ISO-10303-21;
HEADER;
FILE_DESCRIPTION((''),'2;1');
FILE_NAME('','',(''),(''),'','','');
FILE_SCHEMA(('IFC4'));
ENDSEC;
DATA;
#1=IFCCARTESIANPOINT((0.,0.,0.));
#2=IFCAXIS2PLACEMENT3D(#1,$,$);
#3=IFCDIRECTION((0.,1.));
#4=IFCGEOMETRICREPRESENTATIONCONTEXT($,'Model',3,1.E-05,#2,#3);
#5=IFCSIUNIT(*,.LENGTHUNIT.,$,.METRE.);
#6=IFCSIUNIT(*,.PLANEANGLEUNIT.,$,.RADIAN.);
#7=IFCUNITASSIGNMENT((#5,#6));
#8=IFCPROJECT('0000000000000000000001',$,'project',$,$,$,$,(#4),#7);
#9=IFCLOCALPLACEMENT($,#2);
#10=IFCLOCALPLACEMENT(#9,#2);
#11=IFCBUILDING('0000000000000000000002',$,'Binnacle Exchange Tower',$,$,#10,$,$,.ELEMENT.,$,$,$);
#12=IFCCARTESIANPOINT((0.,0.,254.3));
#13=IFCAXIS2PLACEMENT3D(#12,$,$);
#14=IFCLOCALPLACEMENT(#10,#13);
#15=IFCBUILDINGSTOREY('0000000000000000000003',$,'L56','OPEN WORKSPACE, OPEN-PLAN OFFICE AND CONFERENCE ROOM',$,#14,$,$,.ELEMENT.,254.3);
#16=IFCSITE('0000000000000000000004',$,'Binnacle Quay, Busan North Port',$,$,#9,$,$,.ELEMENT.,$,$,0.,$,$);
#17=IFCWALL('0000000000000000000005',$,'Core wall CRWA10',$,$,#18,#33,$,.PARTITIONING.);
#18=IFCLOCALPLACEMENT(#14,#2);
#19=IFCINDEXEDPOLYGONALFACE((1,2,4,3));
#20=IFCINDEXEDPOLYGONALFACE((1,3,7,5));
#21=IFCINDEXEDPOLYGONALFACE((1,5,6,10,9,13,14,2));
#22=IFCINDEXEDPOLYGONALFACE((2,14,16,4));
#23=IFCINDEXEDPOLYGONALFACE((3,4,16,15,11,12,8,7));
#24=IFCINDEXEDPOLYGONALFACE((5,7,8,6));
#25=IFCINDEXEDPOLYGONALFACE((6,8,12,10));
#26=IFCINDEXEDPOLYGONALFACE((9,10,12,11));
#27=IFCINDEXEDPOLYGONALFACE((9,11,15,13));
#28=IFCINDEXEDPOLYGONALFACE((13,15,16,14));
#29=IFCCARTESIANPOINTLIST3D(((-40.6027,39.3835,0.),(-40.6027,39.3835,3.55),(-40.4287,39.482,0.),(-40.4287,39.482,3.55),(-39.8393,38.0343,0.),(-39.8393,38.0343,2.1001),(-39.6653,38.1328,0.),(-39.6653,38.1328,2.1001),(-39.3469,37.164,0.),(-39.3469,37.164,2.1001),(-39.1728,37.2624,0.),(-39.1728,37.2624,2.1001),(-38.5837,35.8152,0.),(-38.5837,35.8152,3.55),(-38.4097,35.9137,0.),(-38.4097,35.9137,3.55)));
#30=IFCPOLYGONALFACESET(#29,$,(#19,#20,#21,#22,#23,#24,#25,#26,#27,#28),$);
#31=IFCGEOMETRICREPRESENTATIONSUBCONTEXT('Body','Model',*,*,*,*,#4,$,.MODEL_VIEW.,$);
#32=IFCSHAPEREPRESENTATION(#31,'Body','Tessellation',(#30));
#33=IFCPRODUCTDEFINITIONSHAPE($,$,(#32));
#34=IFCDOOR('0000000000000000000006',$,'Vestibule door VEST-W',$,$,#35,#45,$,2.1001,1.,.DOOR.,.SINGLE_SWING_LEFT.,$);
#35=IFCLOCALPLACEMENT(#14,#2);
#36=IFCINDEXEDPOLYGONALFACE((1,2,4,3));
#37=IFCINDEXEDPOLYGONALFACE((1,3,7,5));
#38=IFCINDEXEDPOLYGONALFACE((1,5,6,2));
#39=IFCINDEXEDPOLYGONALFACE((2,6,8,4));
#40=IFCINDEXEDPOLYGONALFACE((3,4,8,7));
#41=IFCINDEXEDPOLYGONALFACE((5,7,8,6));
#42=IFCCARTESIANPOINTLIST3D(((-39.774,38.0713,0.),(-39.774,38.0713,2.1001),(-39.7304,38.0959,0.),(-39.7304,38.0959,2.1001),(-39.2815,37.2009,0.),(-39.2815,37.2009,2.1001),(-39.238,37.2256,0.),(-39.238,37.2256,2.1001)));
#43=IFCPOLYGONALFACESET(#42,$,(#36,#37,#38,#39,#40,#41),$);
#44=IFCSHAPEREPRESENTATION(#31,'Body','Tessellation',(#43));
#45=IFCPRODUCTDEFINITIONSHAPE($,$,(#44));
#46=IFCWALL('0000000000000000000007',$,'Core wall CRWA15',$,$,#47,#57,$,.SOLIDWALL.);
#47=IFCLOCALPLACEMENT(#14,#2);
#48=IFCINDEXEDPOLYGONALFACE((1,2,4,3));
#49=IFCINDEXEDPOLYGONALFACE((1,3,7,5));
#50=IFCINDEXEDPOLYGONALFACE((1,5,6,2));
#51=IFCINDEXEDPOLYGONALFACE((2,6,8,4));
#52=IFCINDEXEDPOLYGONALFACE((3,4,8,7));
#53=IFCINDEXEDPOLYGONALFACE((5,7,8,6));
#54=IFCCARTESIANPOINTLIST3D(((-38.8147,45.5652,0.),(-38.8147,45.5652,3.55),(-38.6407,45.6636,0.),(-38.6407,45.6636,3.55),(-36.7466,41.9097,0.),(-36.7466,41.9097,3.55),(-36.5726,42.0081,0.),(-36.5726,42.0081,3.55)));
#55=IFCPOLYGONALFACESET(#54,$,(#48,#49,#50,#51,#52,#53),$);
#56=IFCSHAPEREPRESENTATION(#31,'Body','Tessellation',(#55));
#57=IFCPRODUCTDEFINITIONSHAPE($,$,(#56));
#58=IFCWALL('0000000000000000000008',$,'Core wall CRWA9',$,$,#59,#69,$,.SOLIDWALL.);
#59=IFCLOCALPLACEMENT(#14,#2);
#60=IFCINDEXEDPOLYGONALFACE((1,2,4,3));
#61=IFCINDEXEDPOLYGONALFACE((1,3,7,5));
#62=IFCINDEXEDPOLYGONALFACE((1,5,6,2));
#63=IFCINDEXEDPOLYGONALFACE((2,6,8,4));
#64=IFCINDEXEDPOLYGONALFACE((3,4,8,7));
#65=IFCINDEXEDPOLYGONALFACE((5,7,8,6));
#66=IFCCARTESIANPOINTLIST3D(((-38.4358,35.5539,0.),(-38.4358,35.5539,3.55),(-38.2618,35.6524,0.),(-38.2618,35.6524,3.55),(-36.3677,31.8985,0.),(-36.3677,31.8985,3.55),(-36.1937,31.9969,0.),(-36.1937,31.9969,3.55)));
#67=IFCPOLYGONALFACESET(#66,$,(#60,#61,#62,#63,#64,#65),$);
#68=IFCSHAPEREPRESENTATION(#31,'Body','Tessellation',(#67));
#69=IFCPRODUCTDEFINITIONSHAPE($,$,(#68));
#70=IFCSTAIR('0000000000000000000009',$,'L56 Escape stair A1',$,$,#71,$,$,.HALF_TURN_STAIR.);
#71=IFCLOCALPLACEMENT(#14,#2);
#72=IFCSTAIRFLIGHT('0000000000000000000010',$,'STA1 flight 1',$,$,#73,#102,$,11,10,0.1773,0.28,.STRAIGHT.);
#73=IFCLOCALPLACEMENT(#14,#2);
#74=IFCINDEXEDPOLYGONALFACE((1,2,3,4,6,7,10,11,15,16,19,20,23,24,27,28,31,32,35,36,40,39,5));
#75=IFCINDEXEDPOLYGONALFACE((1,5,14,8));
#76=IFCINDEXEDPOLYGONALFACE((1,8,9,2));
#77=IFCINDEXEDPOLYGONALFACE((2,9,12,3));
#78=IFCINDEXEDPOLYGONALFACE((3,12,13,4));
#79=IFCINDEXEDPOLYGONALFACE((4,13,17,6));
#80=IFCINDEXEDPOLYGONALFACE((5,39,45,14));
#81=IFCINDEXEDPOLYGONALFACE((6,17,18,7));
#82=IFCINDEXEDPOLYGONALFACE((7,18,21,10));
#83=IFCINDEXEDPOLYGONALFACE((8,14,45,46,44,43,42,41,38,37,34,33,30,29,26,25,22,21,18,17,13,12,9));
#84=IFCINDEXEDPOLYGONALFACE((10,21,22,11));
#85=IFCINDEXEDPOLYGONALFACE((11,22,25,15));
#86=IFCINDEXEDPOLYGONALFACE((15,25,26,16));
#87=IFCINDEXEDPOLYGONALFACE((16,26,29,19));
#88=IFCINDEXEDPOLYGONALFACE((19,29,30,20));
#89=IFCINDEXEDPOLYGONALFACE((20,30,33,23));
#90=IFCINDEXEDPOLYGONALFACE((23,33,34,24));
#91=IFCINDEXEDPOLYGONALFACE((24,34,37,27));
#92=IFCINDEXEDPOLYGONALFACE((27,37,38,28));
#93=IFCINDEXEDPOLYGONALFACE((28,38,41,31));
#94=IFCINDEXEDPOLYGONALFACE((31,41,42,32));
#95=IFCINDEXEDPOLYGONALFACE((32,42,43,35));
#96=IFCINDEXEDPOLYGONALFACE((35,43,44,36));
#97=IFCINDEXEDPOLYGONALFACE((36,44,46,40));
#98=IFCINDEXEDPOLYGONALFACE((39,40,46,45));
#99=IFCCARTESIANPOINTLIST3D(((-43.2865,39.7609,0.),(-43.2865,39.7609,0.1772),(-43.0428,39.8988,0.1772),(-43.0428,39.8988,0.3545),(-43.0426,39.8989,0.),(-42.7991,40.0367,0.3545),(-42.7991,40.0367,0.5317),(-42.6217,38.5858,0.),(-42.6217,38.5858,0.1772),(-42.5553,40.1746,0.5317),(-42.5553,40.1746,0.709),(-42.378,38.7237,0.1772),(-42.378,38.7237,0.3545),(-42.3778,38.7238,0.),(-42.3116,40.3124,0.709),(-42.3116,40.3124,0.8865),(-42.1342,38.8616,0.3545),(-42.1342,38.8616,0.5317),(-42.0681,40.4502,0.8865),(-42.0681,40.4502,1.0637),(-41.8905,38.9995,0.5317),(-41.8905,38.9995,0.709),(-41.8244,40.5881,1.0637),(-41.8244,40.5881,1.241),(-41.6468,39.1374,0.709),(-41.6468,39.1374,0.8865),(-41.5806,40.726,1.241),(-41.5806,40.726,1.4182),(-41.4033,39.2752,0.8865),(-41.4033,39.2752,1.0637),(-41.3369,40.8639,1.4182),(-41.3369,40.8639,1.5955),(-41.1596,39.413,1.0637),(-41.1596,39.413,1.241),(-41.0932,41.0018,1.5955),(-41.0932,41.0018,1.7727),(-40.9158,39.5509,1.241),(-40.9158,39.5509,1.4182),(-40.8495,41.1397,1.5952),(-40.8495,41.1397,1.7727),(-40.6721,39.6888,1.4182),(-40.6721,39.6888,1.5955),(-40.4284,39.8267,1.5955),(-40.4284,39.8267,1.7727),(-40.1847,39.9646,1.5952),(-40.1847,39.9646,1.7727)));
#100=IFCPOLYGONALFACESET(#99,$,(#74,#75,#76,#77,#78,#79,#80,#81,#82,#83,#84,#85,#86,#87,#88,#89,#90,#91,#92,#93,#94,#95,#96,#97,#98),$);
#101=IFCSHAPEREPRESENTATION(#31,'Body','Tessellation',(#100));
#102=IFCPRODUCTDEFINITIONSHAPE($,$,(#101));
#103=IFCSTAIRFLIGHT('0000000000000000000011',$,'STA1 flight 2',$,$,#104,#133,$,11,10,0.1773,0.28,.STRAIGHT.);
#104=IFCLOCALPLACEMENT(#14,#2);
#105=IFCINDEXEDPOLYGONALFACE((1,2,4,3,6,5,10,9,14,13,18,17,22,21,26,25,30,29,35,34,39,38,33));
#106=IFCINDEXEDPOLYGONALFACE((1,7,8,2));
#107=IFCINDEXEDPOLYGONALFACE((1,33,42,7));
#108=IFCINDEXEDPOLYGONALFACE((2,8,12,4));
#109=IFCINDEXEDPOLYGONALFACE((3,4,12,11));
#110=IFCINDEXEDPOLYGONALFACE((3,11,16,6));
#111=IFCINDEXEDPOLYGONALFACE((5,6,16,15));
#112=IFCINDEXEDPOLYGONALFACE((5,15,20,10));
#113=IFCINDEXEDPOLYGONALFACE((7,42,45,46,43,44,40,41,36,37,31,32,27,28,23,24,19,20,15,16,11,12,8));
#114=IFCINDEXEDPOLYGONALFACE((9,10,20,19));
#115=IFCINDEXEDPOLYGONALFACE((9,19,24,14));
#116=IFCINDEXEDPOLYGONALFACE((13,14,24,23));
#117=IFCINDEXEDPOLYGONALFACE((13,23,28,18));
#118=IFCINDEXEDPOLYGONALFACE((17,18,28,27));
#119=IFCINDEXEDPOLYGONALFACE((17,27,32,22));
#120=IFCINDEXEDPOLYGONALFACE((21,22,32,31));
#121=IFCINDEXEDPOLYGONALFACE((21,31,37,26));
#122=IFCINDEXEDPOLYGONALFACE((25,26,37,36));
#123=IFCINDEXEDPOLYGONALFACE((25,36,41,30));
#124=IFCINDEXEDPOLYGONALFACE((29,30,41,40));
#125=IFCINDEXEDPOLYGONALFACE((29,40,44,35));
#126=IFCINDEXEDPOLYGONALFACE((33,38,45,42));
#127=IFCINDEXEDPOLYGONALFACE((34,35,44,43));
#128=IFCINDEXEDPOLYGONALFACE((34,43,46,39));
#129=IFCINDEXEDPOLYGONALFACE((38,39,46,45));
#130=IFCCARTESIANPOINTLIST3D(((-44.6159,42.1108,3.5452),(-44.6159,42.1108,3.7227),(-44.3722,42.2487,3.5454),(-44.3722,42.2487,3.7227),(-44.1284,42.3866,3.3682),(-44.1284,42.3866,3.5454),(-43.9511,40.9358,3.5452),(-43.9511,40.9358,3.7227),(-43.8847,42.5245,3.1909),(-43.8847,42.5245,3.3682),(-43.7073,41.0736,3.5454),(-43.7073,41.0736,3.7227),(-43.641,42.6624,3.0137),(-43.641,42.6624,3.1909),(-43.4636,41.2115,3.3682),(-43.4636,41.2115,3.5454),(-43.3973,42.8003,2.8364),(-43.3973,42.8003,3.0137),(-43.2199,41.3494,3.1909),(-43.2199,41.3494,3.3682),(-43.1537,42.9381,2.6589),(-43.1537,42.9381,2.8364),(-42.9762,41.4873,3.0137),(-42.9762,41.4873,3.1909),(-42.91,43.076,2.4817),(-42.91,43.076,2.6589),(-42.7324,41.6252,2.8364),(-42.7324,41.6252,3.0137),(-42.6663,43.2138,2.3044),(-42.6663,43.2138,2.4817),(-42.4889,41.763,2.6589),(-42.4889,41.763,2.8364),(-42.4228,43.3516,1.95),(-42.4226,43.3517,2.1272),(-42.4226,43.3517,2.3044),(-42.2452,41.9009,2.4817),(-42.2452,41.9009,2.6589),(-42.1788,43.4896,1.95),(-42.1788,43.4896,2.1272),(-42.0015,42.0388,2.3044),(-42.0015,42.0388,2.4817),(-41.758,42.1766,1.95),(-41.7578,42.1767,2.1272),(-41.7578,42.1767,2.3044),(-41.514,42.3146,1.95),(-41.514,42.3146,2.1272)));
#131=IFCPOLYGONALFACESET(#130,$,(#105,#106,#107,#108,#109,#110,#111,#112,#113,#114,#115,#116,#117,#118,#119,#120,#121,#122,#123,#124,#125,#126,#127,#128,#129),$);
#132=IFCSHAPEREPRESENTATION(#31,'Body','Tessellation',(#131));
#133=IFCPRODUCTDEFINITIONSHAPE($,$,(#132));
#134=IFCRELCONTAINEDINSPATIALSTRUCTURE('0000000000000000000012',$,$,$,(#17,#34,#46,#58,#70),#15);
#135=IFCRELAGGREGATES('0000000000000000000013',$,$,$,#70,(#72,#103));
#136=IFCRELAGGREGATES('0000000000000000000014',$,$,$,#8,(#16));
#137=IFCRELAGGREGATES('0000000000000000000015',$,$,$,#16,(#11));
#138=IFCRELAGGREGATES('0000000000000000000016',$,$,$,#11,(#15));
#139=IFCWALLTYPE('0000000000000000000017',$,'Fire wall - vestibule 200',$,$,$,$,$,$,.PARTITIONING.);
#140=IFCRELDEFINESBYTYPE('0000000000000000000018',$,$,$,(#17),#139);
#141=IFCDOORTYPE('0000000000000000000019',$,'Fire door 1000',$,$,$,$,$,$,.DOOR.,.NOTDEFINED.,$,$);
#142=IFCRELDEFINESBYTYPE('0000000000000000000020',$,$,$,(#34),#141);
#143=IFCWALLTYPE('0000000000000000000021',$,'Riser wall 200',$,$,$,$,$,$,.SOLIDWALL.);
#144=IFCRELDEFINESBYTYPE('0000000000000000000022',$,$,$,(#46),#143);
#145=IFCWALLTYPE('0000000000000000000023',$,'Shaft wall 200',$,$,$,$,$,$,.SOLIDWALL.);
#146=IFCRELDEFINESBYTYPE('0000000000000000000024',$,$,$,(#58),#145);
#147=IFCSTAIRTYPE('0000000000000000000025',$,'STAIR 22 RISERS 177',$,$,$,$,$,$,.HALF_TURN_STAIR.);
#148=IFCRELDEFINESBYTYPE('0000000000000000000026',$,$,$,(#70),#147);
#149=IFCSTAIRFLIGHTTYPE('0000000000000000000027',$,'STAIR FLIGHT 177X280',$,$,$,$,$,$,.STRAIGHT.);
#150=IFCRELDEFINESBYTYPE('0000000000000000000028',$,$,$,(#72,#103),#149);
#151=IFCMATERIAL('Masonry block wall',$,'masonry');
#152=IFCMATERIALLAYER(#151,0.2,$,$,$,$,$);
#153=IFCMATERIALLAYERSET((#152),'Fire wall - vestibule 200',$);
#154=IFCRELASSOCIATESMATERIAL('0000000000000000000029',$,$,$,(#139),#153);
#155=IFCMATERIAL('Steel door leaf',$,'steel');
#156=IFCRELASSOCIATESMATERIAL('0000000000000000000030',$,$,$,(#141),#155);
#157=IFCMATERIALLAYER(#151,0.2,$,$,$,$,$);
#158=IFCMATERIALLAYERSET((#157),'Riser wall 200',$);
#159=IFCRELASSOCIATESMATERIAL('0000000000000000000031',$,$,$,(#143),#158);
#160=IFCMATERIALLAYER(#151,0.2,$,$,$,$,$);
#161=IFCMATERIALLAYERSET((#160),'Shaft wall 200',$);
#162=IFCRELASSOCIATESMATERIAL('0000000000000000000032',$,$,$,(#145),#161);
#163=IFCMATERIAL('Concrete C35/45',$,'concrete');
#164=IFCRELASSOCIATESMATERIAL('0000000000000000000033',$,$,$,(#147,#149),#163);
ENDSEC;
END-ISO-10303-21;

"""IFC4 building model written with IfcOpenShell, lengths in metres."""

from ifc_helpers import new_model, si_unit, direction, frame, frame_2d, origin, place, context, subcontext, project, spatial, polyline, rectangle, outline, extrude, material, layer, layer_set, type_object, element, fill, aggregate, save


model = new_model("IFC4")

# Units and contexts
model_context = context("Model", 3, precision=1e-05, world=origin(), true_north=direction((0.0, 1.0)))
body_context = subcontext(model_context, "Body", "Model", "MODEL_VIEW")
ifc_project = project(units=[si_unit("LENGTHUNIT", "METRE"), si_unit("PLANEANGLEUNIT", "RADIAN")], contexts=[model_context])

# Site, building, storey
site_placement = place(None, origin())
site = spatial("IfcSite", under=ifc_project, at=site_placement, Name="Binnacle Quay, Busan North Port", CompositionType="ELEMENT", RefElevation=0.0)
building_placement = place(site_placement, origin())
building = spatial("IfcBuilding", under=site, at=building_placement, Name="Binnacle Exchange Tower", CompositionType="ELEMENT")
storey_placement = place(building_placement, frame((0.0, 0.0, 254.3)))
storey = spatial("IfcBuildingStorey", under=building, at=storey_placement, Name="L56", Description="OPEN WORKSPACE, OPEN-PLAN OFFICE AND CONFERENCE ROOM", CompositionType="ELEMENT", Elevation=254.3)

# Shared definitions
ifc_material_1 = material(Name="Steel door leaf", Category="steel")

# Wall, opening, door
ifc_material_2 = material(Name="Masonry block wall", Category="masonry")
ifc_layer_1 = layer(ifc_material_2, 0.2)
ifc_layer_set_1 = layer_set([ifc_layer_1], Name="Fire wall - vestibule 200")
wall_type_1 = type_object("IfcWallType", Name="Fire wall - vestibule 200", PredefinedType="PARTITIONING", material=ifc_layer_set_1)
wall_1_placement = place(storey_placement, frame((-40.5156, 39.4326, 0.0), z_axis=(0.0, 0.0, 1.0), x_axis=(0.492454, -0.870339, 0.0)))
wall_1 = element("IfcWall", 1, at=wall_1_placement, inside=storey, type_object=wall_type_1, Name="Core wall CRWA10", PredefinedType="PARTITIONING", context=body_context, shape_type="SweptSolid", body=[
    extrude(rectangle(XDim=4.0999, YDim=0.2, at=frame_2d((2.0498, 0.0))), origin(), (0.0, 0.0, 1.0), 3.55),
])
opening_1_placement = place(wall_1_placement, frame((1.55, 0.0, 0.0)))
opening_1 = element("IfcOpeningElement", 2, at=opening_1_placement, cuts=wall_1, PredefinedType="OPENING", context=body_context, shape_type="SweptSolid", body=[
    extrude(rectangle(XDim=1.0, YDim=2.1001, at=frame_2d((0.5, 1.05))), frame((0.0, 0.1099, 0.0), z_axis=(0.0, -1.0, 0.0), x_axis=(1.0, 0.0, 0.0)), (0.0, 0.0, 1.0), 0.22),
])
door_type_1 = type_object("IfcDoorType", Name="Fire door 1000", OperationType="NOTDEFINED", PredefinedType="DOOR", material=ifc_material_1)
door_1_placement = place(opening_1_placement, frame((1.0, 0.0, 0.0), z_axis=(0.0, 0.0, 1.0), x_axis=(-1.0, 0.0, 0.0)))
door_1 = element("IfcDoor", 3, at=door_1_placement, inside=storey, type_object=door_type_1, Name="Vestibule door VEST-W", OperationType="SINGLE_SWING_LEFT", OverallHeight=2.1001, OverallWidth=1.0, PredefinedType="DOOR", context=body_context, shape_type="SweptSolid", body=[
    extrude(rectangle(XDim=1.0, YDim=2.1001, at=frame_2d((0.5, 1.05))), frame((0.0, 0.0249, 0.0), z_axis=(0.0, -1.0, 0.0), x_axis=(1.0, 0.0, 0.0)), (0.0, 0.0, 1.0), 0.05),
])
fill(opening_1, door_1)

# Walls
ifc_layer_2 = layer(ifc_material_2, 0.2)
ifc_layer_set_2 = layer_set([ifc_layer_2], Name="Riser wall 200")
wall_type_2 = type_object("IfcWallType", Name="Riser wall 200", PredefinedType="SOLIDWALL", material=ifc_layer_set_2)
wall_2_placement = place(storey_placement, frame((-38.7278, 45.6145, 0.0), z_axis=(0.0, 0.0, 1.0), x_axis=(0.49241, -0.870364, 0.0)))
element("IfcWall", 4, at=wall_2_placement, inside=storey, type_object=wall_type_2, Name="Core wall CRWA15", PredefinedType="SOLIDWALL", context=body_context, shape_type="SweptSolid", body=[
    extrude(rectangle(XDim=4.2, YDim=0.2, at=frame_2d((2.1001, 0.0))), origin(), (0.0, 0.0, 1.0), 3.55),
])
ifc_layer_3 = layer(ifc_material_2, 0.2)
ifc_layer_set_3 = layer_set([ifc_layer_3], Name="Shaft wall 200")
wall_type_3 = type_object("IfcWallType", Name="Shaft wall 200", PredefinedType="SOLIDWALL", material=ifc_layer_set_3)
wall_3_placement = place(storey_placement, frame((-38.3489, 35.6033, 0.0), z_axis=(0.0, 0.0, 1.0), x_axis=(0.49241, -0.870364, 0.0)))
element("IfcWall", 5, at=wall_3_placement, inside=storey, type_object=wall_type_3, Name="Core wall CRWA9", PredefinedType="SOLIDWALL", context=body_context, shape_type="SweptSolid", body=[
    extrude(rectangle(XDim=4.2, YDim=0.2, at=frame_2d((2.1001, 0.0))), origin(), (0.0, 0.0, 1.0), 3.55),
])

# Stair, stair flights
ifc_material_3 = material(Name="Concrete C35/45", Category="concrete")
stair_type = type_object("IfcStairType", Name="STAIR 22 RISERS 177", PredefinedType="HALF_TURN_STAIR", material=ifc_material_3)
stair_placement = place(storey_placement, origin())
stair = element("IfcStair", 6, at=stair_placement, inside=storey, type_object=stair_type, Name="L56 Escape stair A1", PredefinedType="HALF_TURN_STAIR")
stair_flight_type = type_object("IfcStairFlightType", Name="STAIR FLIGHT 177X280", PredefinedType="STRAIGHT", material=ifc_material_3)
stair_flight_1_placement = place(storey_placement, frame((-42.9541, 39.1733, 0.0), z_axis=(0.0, 0.0, 1.0), x_axis=(0.870356, 0.492424, 0.0)))
stair_flight_1 = element("IfcStairFlight", 7, at=stair_flight_1_placement, type_object=stair_flight_type, Name="STA1 flight 1", NumberOfRisers=11, NumberOfTreads=10, PredefinedType="STRAIGHT", RiserHeight=0.1773, TreadLength=0.28, context=body_context, shape_type="SweptSolid", body=[
    extrude(outline(polyline([(0.0, 0.0), (0.0, 0.1772), (0.28, 0.1772), (0.28, 0.3545), (0.5601, 0.3545), (0.5601, 0.5317), (0.8401, 0.5317), (0.8401, 0.709), (1.1201, 0.709), (1.1201, 0.8865), (1.3999, 0.8865), (1.3999, 1.0637), (1.6799, 1.0637), (1.6799, 1.241), (1.96, 1.241), (1.96, 1.4182), (2.24, 1.4182), (2.24, 1.5955), (2.52, 1.5955), (2.52, 1.7727), (2.8, 1.7727), (2.8, 1.95), (2.8, 1.5952), (0.2803, 0.0), (0.0, 0.0)])), frame((0.0, 0.675, 0.0), z_axis=(0.0, -1.0, 0.0), x_axis=(1.0, 0.0, 0.0)), (0.0, 0.0, 1.0), 1.3501),
])
stair_flight_2_placement = place(storey_placement, frame((-41.8464, 42.9021, 1.95), z_axis=(0.0, 0.0, 1.0), x_axis=(-0.870356, -0.492424, 0.0)))
stair_flight_2 = element("IfcStairFlight", 8, at=stair_flight_2_placement, type_object=stair_flight_type, Name="STA1 flight 2", NumberOfRisers=11, NumberOfTreads=10, PredefinedType="STRAIGHT", RiserHeight=0.1773, TreadLength=0.28, context=body_context, shape_type="SweptSolid", body=[
    extrude(outline(polyline([(0.0, 0.0), (0.0, 0.1772), (0.28, 0.1772), (0.28, 0.3545), (0.5601, 0.3545), (0.5601, 0.5317), (0.8401, 0.5317), (0.8401, 0.709), (1.1201, 0.709), (1.1201, 0.8865), (1.3999, 0.8865), (1.3999, 1.0637), (1.6799, 1.0637), (1.6799, 1.241), (1.96, 1.241), (1.96, 1.4182), (2.24, 1.4182), (2.24, 1.5955), (2.52, 1.5955), (2.52, 1.7727), (2.8, 1.7727), (2.8, 1.95), (2.8, 1.5952), (0.2803, 0.0), (0.0, 0.0)])), frame((0.0, 0.675, 0.0), z_axis=(0.0, -1.0, 0.0), x_axis=(1.0, 0.0, 0.0)), (0.0, 0.0, 1.0), 1.3501),
])
aggregate(stair, [stair_flight_1, stair_flight_2])

save(model, "model.ifc")
